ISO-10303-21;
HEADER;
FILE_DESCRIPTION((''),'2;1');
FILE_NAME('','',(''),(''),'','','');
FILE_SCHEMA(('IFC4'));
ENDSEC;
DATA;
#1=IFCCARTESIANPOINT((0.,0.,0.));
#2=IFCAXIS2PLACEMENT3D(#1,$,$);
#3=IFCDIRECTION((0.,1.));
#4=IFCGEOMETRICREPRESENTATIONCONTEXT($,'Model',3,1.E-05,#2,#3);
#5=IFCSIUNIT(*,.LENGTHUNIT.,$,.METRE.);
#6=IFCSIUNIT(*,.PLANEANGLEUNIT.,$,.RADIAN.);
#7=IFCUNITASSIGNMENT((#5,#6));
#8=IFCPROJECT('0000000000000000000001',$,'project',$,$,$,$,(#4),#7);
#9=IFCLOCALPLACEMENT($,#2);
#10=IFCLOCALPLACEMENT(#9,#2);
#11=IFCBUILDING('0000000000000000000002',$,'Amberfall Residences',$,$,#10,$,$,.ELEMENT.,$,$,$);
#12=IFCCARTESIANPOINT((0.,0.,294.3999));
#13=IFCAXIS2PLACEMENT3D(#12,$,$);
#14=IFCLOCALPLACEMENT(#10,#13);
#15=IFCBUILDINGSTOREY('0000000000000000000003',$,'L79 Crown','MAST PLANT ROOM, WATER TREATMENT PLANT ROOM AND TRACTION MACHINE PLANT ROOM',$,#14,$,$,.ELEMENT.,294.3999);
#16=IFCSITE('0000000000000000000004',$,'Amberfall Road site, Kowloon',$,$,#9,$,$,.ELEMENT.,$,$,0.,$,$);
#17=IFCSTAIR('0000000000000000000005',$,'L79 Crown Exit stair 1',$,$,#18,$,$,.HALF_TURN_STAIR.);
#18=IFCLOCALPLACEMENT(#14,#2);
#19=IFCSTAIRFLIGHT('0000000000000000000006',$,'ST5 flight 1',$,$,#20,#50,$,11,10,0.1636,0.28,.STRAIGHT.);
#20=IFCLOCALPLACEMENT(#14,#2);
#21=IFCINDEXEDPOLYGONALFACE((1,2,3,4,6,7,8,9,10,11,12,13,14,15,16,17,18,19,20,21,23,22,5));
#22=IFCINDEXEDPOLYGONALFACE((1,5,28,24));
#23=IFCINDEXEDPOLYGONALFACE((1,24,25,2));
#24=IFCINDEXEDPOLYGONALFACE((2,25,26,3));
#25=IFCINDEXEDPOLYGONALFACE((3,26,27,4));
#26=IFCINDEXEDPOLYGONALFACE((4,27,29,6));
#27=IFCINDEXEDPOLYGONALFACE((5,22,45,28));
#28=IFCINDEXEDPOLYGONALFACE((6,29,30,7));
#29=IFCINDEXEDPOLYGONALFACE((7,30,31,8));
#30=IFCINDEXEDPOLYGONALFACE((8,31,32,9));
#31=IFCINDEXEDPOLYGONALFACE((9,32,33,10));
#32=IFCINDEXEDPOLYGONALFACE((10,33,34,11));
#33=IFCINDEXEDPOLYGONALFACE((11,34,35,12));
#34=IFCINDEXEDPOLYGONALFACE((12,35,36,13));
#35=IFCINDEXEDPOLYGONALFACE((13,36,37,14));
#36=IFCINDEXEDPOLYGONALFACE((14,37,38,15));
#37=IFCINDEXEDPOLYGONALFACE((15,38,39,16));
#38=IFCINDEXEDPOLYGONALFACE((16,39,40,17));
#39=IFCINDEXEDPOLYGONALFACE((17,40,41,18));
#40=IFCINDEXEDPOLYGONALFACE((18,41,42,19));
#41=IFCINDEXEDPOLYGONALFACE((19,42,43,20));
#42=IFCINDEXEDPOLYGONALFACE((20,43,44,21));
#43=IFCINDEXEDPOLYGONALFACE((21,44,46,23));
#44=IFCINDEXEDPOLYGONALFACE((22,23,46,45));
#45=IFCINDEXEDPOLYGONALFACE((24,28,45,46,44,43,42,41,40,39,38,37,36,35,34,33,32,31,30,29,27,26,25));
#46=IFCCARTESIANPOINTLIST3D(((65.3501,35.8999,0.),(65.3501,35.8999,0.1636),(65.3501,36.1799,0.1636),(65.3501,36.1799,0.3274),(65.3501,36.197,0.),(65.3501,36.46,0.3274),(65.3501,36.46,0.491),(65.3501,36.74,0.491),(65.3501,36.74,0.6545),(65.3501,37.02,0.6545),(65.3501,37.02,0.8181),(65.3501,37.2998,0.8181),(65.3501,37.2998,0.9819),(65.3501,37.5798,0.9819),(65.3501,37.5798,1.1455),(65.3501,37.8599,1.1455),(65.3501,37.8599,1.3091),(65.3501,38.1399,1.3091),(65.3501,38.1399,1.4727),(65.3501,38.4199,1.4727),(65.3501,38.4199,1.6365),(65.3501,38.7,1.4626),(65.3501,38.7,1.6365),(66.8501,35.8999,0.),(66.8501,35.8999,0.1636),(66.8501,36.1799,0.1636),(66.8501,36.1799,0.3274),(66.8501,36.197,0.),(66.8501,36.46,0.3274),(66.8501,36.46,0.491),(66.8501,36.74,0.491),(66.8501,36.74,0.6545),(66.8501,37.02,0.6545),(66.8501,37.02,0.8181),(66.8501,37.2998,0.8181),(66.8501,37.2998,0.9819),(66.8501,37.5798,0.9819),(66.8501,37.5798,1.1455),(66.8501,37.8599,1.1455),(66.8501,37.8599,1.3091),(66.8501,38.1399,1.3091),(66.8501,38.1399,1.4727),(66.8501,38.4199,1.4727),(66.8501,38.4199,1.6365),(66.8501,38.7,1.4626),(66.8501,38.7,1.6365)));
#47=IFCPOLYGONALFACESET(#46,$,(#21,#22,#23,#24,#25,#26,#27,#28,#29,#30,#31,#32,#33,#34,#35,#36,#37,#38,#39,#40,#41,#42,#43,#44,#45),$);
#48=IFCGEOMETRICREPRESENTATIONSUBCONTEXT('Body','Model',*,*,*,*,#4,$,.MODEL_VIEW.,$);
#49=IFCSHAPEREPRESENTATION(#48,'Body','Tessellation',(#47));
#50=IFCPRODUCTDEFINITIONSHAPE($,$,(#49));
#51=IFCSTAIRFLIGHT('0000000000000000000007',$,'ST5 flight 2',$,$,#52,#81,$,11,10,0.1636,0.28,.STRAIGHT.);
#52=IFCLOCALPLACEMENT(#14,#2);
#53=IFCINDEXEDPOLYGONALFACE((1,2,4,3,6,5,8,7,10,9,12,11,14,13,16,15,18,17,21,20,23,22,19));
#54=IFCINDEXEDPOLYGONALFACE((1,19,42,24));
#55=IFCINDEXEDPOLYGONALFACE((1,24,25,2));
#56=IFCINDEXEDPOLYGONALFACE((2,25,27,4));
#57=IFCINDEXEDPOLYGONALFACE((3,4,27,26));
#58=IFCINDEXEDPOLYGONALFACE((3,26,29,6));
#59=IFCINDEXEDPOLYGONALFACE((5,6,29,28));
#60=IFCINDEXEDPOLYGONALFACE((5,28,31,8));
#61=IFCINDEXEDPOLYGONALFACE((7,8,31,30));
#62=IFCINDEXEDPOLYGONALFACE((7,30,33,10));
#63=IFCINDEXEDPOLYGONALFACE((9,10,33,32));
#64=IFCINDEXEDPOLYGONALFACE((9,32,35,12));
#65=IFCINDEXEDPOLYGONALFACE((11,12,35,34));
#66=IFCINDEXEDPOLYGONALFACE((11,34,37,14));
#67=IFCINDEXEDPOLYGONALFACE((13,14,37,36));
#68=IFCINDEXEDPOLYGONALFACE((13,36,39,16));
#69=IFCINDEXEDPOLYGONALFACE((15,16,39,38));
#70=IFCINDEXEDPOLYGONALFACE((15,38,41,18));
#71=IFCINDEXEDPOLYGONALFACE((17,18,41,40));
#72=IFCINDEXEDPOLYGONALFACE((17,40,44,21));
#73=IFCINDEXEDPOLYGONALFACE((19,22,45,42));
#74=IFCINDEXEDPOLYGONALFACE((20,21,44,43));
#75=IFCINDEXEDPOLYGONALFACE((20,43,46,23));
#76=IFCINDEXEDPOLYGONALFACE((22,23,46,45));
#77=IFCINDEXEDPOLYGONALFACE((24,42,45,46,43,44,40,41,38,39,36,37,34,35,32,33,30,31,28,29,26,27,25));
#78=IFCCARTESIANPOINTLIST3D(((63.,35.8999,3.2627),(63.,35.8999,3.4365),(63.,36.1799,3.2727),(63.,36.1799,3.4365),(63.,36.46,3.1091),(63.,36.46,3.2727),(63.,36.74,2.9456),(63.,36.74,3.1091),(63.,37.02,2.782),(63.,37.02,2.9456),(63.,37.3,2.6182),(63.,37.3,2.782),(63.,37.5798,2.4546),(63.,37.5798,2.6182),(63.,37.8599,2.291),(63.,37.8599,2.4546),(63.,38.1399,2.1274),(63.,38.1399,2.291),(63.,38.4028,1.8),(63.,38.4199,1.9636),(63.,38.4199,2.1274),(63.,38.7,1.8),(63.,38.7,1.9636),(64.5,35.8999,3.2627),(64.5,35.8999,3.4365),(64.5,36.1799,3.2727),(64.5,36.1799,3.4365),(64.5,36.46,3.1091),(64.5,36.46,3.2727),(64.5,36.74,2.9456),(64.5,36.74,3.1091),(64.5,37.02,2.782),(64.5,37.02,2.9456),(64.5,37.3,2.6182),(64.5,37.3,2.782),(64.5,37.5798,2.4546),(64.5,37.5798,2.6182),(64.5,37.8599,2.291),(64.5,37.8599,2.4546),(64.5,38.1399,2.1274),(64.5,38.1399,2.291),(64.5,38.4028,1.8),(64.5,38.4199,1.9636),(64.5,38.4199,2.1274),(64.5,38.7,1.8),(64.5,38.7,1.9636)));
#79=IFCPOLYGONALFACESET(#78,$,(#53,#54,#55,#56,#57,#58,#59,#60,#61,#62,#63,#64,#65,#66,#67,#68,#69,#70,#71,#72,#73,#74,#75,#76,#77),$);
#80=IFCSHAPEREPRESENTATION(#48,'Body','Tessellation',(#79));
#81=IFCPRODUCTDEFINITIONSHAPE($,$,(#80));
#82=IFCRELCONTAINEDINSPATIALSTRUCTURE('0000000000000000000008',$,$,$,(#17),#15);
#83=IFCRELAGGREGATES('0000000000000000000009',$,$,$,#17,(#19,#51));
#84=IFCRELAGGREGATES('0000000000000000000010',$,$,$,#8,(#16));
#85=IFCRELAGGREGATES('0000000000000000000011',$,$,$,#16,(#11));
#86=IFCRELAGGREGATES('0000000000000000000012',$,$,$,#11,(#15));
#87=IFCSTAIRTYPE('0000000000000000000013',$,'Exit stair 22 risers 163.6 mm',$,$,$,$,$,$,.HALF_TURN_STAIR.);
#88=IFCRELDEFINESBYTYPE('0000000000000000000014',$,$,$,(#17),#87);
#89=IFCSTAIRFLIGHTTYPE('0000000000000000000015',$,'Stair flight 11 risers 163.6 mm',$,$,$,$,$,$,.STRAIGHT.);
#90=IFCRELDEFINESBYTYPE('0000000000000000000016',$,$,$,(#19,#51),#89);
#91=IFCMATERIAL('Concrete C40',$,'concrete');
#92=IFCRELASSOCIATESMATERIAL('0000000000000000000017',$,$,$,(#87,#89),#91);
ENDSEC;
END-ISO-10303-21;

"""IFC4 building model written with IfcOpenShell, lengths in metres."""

from ifc_helpers import new_model, si_unit, direction, frame, origin, place, context, subcontext, project, spatial, polyline, outline, extrude, material, type_object, element, aggregate, save


model = new_model("IFC4")

# Units and contexts
model_context = context("Model", 3, precision=1e-05, world=origin(), true_north=direction((0.0, 1.0)))
body_context = subcontext(model_context, "Body", "Model", "MODEL_VIEW")
ifc_project = project(units=[si_unit("LENGTHUNIT", "METRE"), si_unit("PLANEANGLEUNIT", "RADIAN")], contexts=[model_context])

# Site, building, storey
site_placement = place(None, origin())
site = spatial("IfcSite", under=ifc_project, at=site_placement, Name="Amberfall Road site, Kowloon", CompositionType="ELEMENT", RefElevation=0.0)
building_placement = place(site_placement, origin())
building = spatial("IfcBuilding", under=site, at=building_placement, Name="Amberfall Residences", CompositionType="ELEMENT")
storey_placement = place(building_placement, frame((0.0, 0.0, 294.3999)))
storey = spatial("IfcBuildingStorey", under=building, at=storey_placement, Name="L79 Crown", Description="MAST PLANT ROOM, WATER TREATMENT PLANT ROOM AND TRACTION MACHINE PLANT ROOM", CompositionType="ELEMENT", Elevation=294.3999)

# Stair, stair flights
ifc_material_1 = material(Name="Concrete C40", Category="concrete")
stair_type = type_object("IfcStairType", Name="Exit stair 22 risers 163.6 mm", PredefinedType="HALF_TURN_STAIR", material=ifc_material_1)
stair_placement = place(storey_placement, origin())
stair = element("IfcStair", 1, at=stair_placement, inside=storey, type_object=stair_type, Name="L79 Crown Exit stair 1", PredefinedType="HALF_TURN_STAIR")
stair_flight_type = type_object("IfcStairFlightType", Name="Stair flight 11 risers 163.6 mm", PredefinedType="STRAIGHT", material=ifc_material_1)
stair_flight_1_placement = place(storey_placement, frame((66.1001, 35.8999, 0.0), z_axis=(0.0, 0.0, 1.0), x_axis=(0.0, 1.0, 0.0)))
stair_flight_1 = element("IfcStairFlight", 2, at=stair_flight_1_placement, type_object=stair_flight_type, Name="ST5 flight 1", NumberOfRisers=11, NumberOfTreads=10, PredefinedType="STRAIGHT", RiserHeight=0.1636, TreadLength=0.28, context=body_context, shape_type="SweptSolid", body=[
    extrude(outline(polyline([(0.0, 0.0), (0.0, 0.1636), (0.28, 0.1636), (0.28, 0.3274), (0.5601, 0.3274), (0.5601, 0.491), (0.8401, 0.491), (0.8401, 0.6545), (1.1201, 0.6545), (1.1201, 0.8181), (1.3999, 0.8181), (1.3999, 0.9819), (1.6799, 0.9819), (1.6799, 1.1455), (1.96, 1.1455), (1.96, 1.3091), (2.24, 1.3091), (2.24, 1.4727), (2.52, 1.4727), (2.52, 1.6365), (2.8, 1.6365), (2.8, 1.8), (2.8, 1.4626), (0.2971, 0.0), (0.0, 0.0)])), frame((0.0, 0.75, 0.0), z_axis=(0.0, -1.0, 0.0), x_axis=(1.0, 0.0, 0.0)), (0.0, 0.0, 1.0), 1.5),
])
stair_flight_2_placement = place(storey_placement, frame((63.75, 38.7, 1.8), z_axis=(0.0, 0.0, 1.0), x_axis=(0.0, -1.0, 0.0)))
stair_flight_2 = element("IfcStairFlight", 3, at=stair_flight_2_placement, type_object=stair_flight_type, Name="ST5 flight 2", NumberOfRisers=11, NumberOfTreads=10, PredefinedType="STRAIGHT", RiserHeight=0.1636, TreadLength=0.28, context=body_context, shape_type="SweptSolid", body=[
    extrude(outline(polyline([(0.0, 0.0), (0.0, 0.1636), (0.28, 0.1636), (0.28, 0.3274), (0.5601, 0.3274), (0.5601, 0.491), (0.8401, 0.491), (0.8401, 0.6545), (1.1201, 0.6545), (1.1201, 0.8181), (1.3999, 0.8181), (1.3999, 0.9819), (1.6799, 0.9819), (1.6799, 1.1455), (1.96, 1.1455), (1.96, 1.3091), (2.24, 1.3091), (2.24, 1.4727), (2.52, 1.4727), (2.52, 1.6365), (2.8, 1.6365), (2.8, 1.8), (2.8, 1.4626), (0.2971, 0.0), (0.0, 0.0)])), frame((0.0, 0.75, 0.0), z_axis=(0.0, -1.0, 0.0), x_axis=(1.0, 0.0, 0.0)), (0.0, 0.0, 1.0), 1.5),
])
aggregate(stair, [stair_flight_1, stair_flight_2])

save(model, "model.ifc")
